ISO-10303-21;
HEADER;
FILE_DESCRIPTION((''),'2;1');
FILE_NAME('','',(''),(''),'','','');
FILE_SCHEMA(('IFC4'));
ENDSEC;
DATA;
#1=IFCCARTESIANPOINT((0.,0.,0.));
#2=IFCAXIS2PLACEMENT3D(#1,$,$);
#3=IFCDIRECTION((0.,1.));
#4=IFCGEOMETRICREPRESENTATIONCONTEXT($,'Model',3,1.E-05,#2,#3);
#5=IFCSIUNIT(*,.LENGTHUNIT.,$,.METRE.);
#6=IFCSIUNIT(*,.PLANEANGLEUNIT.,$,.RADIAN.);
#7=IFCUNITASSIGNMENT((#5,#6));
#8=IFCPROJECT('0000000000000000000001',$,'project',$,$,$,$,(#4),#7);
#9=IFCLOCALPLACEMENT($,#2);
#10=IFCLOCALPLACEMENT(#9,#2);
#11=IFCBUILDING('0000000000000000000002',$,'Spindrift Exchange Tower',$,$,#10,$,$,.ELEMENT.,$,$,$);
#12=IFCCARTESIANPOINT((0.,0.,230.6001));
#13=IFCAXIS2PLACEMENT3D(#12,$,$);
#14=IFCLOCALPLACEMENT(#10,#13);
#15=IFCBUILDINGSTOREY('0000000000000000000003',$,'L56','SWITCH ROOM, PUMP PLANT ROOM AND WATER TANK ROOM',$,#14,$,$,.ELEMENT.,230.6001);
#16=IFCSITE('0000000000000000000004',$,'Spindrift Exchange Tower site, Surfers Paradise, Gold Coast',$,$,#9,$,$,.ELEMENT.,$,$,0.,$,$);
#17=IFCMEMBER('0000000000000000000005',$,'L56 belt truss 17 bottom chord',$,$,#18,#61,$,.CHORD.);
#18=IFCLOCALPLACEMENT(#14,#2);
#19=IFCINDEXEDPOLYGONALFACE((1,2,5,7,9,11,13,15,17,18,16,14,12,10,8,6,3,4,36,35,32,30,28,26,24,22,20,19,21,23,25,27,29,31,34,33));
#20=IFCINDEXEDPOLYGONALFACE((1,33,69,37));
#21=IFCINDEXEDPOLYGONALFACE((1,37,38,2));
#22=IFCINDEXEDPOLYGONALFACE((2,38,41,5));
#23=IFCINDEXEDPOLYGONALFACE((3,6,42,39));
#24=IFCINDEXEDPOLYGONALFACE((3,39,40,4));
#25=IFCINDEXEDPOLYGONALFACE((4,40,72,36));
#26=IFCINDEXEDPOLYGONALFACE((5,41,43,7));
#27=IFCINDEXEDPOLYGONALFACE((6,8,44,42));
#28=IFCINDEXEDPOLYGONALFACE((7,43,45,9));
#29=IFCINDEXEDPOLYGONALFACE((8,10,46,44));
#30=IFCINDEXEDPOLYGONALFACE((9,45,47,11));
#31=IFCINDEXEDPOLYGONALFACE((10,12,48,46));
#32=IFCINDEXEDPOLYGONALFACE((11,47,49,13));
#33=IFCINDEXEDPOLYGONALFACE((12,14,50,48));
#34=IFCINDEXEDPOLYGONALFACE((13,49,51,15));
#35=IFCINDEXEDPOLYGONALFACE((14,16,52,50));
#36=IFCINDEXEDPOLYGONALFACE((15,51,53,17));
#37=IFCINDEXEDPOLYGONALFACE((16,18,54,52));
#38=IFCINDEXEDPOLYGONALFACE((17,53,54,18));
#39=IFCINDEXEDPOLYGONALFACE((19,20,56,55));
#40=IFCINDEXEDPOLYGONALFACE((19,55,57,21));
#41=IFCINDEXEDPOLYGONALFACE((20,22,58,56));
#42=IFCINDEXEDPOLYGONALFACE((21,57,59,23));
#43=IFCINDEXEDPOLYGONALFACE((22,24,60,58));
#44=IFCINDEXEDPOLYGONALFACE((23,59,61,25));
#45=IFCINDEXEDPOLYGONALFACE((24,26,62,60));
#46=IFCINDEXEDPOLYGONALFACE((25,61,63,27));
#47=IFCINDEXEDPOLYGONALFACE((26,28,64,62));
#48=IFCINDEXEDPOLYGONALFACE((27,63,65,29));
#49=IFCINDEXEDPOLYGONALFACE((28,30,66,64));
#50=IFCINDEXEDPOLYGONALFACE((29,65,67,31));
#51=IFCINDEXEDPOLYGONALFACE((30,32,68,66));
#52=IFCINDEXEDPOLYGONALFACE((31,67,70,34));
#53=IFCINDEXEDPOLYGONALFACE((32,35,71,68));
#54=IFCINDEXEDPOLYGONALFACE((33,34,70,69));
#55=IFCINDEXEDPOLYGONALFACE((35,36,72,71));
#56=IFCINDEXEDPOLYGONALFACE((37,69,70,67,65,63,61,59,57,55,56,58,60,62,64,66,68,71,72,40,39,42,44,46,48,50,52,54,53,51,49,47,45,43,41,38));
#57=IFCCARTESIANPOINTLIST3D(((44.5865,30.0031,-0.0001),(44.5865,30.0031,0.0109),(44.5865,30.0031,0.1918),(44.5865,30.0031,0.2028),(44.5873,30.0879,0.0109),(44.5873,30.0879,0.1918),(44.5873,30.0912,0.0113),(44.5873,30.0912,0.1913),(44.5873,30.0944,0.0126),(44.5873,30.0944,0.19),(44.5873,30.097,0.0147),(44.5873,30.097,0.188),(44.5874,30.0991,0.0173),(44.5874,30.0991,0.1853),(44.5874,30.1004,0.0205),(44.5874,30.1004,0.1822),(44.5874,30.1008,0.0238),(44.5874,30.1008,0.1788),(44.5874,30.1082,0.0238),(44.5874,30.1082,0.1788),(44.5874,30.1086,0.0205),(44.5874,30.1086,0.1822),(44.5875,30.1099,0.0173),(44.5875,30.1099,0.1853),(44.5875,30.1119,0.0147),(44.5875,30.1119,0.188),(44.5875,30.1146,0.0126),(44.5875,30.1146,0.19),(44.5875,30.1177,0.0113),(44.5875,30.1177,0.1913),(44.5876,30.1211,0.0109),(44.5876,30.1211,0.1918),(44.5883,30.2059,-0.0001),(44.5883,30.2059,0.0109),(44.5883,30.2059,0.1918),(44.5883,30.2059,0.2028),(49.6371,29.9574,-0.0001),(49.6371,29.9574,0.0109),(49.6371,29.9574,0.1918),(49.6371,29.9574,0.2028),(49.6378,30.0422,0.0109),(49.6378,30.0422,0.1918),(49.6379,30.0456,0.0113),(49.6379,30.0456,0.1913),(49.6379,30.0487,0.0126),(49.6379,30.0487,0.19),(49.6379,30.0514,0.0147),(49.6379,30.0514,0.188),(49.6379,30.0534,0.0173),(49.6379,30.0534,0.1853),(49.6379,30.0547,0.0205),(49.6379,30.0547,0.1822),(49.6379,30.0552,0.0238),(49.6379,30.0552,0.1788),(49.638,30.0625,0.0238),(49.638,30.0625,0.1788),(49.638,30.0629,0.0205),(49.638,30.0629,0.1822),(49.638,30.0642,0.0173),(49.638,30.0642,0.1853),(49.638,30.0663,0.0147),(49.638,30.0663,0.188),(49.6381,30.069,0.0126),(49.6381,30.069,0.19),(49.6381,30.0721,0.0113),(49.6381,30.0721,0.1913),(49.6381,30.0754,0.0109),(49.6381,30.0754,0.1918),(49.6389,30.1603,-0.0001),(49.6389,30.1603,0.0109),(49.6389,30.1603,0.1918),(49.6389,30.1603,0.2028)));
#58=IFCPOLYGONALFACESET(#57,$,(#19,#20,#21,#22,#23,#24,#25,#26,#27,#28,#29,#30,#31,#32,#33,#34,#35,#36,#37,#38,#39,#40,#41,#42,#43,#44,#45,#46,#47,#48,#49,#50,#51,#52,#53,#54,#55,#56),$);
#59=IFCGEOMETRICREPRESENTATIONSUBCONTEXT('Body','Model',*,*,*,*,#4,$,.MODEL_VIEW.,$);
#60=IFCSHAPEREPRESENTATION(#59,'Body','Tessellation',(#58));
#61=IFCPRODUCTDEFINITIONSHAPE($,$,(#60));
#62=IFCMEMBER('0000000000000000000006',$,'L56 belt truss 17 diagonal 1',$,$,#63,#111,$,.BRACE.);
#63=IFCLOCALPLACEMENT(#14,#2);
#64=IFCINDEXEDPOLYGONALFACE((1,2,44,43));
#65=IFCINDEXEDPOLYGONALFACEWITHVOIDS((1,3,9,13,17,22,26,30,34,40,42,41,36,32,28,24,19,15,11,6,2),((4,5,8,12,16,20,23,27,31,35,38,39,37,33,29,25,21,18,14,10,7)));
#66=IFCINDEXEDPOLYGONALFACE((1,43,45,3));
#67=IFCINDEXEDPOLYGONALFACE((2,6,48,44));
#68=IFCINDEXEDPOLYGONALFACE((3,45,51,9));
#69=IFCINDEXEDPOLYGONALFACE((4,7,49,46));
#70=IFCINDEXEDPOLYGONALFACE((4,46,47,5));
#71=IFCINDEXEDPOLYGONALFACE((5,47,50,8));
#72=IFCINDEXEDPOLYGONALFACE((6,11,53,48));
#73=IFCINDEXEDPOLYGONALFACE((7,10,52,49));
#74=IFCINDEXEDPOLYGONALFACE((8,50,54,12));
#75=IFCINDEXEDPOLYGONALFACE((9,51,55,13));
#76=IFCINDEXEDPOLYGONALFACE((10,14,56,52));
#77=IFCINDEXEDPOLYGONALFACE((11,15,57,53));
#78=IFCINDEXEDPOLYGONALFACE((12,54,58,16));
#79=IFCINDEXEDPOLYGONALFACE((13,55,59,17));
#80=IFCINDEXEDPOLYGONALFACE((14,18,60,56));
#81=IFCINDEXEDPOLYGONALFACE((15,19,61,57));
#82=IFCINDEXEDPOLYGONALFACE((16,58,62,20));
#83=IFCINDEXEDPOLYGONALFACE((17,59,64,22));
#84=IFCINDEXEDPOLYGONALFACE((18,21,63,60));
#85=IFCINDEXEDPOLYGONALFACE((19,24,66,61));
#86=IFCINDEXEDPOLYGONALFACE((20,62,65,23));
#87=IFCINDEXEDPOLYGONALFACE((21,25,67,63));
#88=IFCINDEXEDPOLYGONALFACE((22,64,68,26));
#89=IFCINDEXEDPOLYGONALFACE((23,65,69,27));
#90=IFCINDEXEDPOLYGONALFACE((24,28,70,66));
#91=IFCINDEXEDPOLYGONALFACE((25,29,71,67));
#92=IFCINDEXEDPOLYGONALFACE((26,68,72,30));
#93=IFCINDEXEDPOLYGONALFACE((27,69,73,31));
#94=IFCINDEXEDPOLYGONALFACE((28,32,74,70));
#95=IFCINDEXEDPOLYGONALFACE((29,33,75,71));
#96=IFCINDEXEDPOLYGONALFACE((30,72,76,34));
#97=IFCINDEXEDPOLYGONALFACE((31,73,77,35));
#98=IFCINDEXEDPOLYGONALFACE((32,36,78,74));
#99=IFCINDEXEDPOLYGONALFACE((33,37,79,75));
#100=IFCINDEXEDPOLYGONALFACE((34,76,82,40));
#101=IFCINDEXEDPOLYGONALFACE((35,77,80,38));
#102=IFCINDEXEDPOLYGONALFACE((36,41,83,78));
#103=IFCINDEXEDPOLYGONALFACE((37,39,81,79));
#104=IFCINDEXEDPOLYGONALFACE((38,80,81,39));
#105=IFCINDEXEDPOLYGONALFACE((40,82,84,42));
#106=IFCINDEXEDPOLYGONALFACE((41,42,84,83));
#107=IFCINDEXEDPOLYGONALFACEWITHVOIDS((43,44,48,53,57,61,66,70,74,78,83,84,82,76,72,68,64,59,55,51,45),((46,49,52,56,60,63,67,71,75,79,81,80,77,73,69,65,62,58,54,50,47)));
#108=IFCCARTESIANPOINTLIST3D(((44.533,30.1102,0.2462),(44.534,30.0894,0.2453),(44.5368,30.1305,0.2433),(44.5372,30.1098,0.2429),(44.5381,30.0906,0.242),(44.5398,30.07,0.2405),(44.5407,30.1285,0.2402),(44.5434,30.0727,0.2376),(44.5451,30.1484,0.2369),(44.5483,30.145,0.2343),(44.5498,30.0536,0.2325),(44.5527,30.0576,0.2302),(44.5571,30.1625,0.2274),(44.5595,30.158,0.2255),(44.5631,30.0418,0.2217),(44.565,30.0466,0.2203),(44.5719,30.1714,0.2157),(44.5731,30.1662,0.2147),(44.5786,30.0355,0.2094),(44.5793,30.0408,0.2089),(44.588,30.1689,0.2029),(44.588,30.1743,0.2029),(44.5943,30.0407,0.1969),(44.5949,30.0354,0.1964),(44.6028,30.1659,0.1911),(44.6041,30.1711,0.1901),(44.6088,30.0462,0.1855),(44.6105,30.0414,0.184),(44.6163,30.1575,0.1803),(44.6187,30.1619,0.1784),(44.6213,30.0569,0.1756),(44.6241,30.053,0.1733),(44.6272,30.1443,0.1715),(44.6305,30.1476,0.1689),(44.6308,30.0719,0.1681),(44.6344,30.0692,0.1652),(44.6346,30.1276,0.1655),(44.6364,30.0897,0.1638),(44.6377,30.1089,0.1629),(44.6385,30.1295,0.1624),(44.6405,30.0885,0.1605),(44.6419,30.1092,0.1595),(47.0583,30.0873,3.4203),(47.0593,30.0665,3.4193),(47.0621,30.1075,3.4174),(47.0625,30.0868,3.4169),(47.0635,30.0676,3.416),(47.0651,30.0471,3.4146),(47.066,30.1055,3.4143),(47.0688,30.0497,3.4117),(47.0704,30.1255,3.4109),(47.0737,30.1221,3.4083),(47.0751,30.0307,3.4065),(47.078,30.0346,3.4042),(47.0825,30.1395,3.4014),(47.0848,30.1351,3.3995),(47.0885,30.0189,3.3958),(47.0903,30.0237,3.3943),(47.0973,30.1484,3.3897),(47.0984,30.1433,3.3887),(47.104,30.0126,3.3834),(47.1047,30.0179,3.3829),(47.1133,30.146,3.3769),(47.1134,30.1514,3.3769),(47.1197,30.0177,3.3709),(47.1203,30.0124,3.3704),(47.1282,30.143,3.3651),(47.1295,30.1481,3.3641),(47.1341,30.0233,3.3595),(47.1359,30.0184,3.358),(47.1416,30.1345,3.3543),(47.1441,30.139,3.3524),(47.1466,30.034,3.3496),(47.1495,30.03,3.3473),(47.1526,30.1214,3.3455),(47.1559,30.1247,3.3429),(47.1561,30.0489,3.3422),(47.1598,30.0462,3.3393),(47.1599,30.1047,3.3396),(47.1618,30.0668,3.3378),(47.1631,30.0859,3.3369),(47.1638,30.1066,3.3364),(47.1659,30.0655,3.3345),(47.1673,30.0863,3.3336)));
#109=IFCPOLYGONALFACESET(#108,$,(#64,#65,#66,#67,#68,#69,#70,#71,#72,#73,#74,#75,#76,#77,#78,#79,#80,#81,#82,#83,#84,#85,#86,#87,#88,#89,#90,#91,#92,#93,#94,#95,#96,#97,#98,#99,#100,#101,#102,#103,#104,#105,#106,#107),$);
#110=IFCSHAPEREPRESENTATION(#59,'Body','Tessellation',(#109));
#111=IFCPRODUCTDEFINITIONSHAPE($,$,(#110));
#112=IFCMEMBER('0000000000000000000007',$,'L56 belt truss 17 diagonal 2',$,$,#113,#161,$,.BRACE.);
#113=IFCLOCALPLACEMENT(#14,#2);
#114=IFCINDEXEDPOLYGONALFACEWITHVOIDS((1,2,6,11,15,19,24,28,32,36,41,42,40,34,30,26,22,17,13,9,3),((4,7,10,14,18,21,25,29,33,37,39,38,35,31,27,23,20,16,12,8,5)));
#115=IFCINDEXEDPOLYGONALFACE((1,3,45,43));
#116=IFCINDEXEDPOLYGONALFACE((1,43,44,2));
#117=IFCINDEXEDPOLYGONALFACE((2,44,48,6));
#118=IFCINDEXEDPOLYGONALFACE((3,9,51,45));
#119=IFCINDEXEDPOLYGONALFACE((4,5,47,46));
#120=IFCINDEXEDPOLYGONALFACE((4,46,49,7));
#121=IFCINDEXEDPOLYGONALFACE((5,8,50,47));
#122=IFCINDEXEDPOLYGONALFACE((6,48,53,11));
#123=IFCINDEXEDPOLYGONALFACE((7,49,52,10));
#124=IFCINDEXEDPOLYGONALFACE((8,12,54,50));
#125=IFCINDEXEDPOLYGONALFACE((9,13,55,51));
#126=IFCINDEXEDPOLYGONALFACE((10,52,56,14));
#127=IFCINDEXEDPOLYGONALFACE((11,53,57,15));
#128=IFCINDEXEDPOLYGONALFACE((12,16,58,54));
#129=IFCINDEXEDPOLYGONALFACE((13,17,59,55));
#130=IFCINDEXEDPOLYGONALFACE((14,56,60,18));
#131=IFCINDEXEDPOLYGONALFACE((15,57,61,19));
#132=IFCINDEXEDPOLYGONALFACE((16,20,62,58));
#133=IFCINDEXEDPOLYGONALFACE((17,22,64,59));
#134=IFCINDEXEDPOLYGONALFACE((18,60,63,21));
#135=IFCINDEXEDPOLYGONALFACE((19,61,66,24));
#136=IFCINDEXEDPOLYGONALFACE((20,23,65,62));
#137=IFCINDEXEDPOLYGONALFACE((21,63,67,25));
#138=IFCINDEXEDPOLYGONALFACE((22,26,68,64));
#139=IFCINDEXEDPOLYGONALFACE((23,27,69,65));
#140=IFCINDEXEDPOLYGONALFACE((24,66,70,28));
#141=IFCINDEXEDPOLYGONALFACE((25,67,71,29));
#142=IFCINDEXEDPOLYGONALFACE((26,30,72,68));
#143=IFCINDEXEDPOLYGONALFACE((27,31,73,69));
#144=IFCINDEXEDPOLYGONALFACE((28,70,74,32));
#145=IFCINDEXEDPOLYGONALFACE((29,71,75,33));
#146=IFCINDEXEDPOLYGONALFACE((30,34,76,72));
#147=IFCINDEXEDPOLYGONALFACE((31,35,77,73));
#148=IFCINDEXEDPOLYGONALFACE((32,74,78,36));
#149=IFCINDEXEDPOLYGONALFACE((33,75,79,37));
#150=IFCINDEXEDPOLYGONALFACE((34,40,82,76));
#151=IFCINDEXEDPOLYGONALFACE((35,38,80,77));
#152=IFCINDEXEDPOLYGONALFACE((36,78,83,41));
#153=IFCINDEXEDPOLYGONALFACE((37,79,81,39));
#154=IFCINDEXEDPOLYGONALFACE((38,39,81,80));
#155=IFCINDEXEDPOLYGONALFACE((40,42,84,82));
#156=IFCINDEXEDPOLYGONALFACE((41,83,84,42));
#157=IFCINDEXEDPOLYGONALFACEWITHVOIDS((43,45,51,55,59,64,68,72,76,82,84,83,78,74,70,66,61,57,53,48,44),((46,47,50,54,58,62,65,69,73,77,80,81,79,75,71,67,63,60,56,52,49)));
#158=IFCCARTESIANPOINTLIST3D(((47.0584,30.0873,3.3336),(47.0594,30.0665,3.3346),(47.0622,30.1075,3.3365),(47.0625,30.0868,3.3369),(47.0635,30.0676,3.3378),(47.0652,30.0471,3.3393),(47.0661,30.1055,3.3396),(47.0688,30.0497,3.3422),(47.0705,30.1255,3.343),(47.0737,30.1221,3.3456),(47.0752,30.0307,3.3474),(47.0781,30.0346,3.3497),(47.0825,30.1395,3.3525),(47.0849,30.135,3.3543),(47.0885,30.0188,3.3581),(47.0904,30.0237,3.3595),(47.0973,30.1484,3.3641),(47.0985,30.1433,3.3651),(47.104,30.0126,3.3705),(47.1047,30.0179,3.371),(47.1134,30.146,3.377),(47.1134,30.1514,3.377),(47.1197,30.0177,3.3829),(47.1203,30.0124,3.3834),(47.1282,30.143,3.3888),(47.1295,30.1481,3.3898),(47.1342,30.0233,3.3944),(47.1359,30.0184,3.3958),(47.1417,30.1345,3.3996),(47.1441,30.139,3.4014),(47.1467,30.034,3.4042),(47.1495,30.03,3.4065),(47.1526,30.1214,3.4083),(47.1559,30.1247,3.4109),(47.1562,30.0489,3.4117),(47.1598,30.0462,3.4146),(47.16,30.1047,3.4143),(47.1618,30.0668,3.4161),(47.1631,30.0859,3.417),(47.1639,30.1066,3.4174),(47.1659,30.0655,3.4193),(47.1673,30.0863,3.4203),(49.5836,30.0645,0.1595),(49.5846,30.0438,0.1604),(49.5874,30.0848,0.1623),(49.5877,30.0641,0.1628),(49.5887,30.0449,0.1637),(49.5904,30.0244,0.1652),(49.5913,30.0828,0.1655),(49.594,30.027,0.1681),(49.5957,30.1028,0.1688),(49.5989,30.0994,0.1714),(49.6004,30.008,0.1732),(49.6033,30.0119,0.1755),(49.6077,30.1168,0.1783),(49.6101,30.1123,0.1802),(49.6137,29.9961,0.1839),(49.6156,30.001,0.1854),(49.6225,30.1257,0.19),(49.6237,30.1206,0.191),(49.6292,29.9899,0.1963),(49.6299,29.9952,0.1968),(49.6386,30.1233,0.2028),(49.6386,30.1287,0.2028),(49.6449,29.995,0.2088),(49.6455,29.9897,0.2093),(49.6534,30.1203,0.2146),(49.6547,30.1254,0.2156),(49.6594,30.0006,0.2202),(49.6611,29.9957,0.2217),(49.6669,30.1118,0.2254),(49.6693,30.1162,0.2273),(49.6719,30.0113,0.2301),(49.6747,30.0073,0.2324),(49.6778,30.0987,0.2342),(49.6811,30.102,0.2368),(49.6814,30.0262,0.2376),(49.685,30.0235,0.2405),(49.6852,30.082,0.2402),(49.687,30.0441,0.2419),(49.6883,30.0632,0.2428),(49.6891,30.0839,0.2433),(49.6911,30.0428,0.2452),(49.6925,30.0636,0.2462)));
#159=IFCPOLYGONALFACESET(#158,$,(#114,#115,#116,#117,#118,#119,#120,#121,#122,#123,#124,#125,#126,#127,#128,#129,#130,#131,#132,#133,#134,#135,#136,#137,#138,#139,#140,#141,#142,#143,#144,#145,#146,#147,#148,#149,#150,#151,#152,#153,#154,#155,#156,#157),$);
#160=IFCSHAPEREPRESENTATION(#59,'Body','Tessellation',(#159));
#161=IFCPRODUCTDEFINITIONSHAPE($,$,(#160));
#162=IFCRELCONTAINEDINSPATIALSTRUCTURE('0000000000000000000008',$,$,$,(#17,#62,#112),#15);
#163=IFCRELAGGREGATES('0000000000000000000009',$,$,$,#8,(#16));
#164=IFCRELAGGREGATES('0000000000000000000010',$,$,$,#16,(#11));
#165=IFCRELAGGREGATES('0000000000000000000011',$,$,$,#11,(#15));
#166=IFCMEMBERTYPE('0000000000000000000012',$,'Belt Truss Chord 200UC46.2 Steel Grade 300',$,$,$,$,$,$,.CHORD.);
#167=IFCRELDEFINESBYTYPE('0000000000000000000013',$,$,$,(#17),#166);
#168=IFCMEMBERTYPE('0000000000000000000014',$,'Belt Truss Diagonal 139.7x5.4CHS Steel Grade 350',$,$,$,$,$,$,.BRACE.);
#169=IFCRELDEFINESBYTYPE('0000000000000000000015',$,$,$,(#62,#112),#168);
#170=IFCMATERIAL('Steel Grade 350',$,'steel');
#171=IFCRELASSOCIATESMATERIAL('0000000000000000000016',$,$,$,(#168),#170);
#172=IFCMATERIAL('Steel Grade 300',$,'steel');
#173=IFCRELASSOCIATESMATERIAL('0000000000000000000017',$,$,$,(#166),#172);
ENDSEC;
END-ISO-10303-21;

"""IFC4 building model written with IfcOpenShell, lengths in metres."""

from ifc_helpers import new_model, si_unit, direction, frame, origin, origin_2d, place, context, subcontext, project, spatial, hollow_circle, i_section, extrude, source, transform, mapped, material, material_profile, profile_set, type_object, element, save


model = new_model("IFC4")

# Units and contexts
model_context = context("Model", 3, precision=1e-05, world=origin(), true_north=direction((0.0, 1.0)))
body_context = subcontext(model_context, "Body", "Model", "MODEL_VIEW")
ifc_project = project(units=[si_unit("LENGTHUNIT", "METRE"), si_unit("PLANEANGLEUNIT", "RADIAN")], contexts=[model_context])

# Site, building, storey
site_placement = place(None, origin())
site = spatial("IfcSite", under=ifc_project, at=site_placement, Name="Spindrift Exchange Tower site, Surfers Paradise, Gold Coast", CompositionType="ELEMENT", RefElevation=0.0)
building_placement = place(site_placement, origin())
building = spatial("IfcBuilding", under=site, at=building_placement, Name="Spindrift Exchange Tower", CompositionType="ELEMENT")
storey_placement = place(building_placement, frame((0.0, 0.0, 230.6001)))
storey = spatial("IfcBuildingStorey", under=building, at=storey_placement, Name="L56", Description="SWITCH ROOM, PUMP PLANT ROOM AND WATER TANK ROOM", CompositionType="ELEMENT", Elevation=230.6001)

# Members
ifc_material_1 = material(Name="Steel Grade 350", Category="steel")
ifc_material_profile_1 = material_profile(ifc_material_1, hollow_circle(Radius=0.0698, WallThickness=0.0054, at=origin_2d()), Name="139.7x5.4CHS")
ifc_profile_set_1 = profile_set([ifc_material_profile_1], Name="Steel Grade 350")
member_type_1 = type_object("IfcMemberType", Name="Belt Truss Diagonal 139.7x5.4CHS Steel Grade 350", PredefinedType="BRACE", material=ifc_profile_set_1)
ifc_material_2 = material(Name="Steel Grade 300", Category="steel")
ifc_material_profile_2 = material_profile(ifc_material_2, i_section(OverallWidth=0.2029, OverallDepth=0.2029, WebThickness=0.0073, FlangeThickness=0.011, FilletRadius=0.0129, at=origin_2d()), Name="200UC46.2")
ifc_profile_set_2 = profile_set([ifc_material_profile_2], Name="Steel Grade 300")
member_type_2 = type_object("IfcMemberType", Name="Belt Truss Chord 200UC46.2 Steel Grade 300", PredefinedType="CHORD", material=ifc_profile_set_2)
shared_shape_1 = source(origin(), body_context, "Body", "SweptSolid", [
    extrude(i_section(OverallWidth=0.2029, OverallDepth=0.2029, WebThickness=0.0073, FlangeThickness=0.011, FilletRadius=0.0129, at=origin_2d()), origin(), (0.0, 0.0, 1.0), 5.0508),
])
for number, where, z_axis, x_axis, name in (
    (1, (44.5874, 30.1045, 0.1013), (0.999959, -0.009039, 0.0), (0.009039, 0.999959, 0.0), "L56 belt truss 17 bottom chord"),
):
    element("IfcMember", number, at=place(storey_placement, frame(where, z_axis=z_axis, x_axis=x_axis)), inside=storey, type_object=member_type_2, Name=name, PredefinedType="CHORD", context=body_context, shape_type="MappedRepresentation", body=[
        mapped(shared_shape_1, transform((0.0, 0.0, 0.0), scale=1.0)),
    ])
shared_shape_2 = source(origin(), body_context, "Body", "SweptSolid", [
    extrude(hollow_circle(Radius=0.0698, WallThickness=0.0054, at=origin_2d()), origin(), (0.0, 0.0, 1.0), 4.0562),
])
for number, where, z_axis, x_axis, name in (
    (2, (44.5874, 30.1045, 0.2029), (0.622598, -0.005658, 0.782521), (0.009087, 0.999959, 0.0), "L56 belt truss 17 diagonal 1"),
    (3, (47.1128, 30.0815, 3.377), (0.622562, -0.005598, -0.782551), (0.008991, 0.99996, 0.0), "L56 belt truss 17 diagonal 2"),
):
    element("IfcMember", number, at=place(storey_placement, frame(where, z_axis=z_axis, x_axis=x_axis)), inside=storey, type_object=member_type_1, Name=name, PredefinedType="BRACE", context=body_context, shape_type="MappedRepresentation", body=[
        mapped(shared_shape_2, transform((0.0, 0.0, 0.0), scale=1.0)),
    ])

save(model, "model.ifc")
